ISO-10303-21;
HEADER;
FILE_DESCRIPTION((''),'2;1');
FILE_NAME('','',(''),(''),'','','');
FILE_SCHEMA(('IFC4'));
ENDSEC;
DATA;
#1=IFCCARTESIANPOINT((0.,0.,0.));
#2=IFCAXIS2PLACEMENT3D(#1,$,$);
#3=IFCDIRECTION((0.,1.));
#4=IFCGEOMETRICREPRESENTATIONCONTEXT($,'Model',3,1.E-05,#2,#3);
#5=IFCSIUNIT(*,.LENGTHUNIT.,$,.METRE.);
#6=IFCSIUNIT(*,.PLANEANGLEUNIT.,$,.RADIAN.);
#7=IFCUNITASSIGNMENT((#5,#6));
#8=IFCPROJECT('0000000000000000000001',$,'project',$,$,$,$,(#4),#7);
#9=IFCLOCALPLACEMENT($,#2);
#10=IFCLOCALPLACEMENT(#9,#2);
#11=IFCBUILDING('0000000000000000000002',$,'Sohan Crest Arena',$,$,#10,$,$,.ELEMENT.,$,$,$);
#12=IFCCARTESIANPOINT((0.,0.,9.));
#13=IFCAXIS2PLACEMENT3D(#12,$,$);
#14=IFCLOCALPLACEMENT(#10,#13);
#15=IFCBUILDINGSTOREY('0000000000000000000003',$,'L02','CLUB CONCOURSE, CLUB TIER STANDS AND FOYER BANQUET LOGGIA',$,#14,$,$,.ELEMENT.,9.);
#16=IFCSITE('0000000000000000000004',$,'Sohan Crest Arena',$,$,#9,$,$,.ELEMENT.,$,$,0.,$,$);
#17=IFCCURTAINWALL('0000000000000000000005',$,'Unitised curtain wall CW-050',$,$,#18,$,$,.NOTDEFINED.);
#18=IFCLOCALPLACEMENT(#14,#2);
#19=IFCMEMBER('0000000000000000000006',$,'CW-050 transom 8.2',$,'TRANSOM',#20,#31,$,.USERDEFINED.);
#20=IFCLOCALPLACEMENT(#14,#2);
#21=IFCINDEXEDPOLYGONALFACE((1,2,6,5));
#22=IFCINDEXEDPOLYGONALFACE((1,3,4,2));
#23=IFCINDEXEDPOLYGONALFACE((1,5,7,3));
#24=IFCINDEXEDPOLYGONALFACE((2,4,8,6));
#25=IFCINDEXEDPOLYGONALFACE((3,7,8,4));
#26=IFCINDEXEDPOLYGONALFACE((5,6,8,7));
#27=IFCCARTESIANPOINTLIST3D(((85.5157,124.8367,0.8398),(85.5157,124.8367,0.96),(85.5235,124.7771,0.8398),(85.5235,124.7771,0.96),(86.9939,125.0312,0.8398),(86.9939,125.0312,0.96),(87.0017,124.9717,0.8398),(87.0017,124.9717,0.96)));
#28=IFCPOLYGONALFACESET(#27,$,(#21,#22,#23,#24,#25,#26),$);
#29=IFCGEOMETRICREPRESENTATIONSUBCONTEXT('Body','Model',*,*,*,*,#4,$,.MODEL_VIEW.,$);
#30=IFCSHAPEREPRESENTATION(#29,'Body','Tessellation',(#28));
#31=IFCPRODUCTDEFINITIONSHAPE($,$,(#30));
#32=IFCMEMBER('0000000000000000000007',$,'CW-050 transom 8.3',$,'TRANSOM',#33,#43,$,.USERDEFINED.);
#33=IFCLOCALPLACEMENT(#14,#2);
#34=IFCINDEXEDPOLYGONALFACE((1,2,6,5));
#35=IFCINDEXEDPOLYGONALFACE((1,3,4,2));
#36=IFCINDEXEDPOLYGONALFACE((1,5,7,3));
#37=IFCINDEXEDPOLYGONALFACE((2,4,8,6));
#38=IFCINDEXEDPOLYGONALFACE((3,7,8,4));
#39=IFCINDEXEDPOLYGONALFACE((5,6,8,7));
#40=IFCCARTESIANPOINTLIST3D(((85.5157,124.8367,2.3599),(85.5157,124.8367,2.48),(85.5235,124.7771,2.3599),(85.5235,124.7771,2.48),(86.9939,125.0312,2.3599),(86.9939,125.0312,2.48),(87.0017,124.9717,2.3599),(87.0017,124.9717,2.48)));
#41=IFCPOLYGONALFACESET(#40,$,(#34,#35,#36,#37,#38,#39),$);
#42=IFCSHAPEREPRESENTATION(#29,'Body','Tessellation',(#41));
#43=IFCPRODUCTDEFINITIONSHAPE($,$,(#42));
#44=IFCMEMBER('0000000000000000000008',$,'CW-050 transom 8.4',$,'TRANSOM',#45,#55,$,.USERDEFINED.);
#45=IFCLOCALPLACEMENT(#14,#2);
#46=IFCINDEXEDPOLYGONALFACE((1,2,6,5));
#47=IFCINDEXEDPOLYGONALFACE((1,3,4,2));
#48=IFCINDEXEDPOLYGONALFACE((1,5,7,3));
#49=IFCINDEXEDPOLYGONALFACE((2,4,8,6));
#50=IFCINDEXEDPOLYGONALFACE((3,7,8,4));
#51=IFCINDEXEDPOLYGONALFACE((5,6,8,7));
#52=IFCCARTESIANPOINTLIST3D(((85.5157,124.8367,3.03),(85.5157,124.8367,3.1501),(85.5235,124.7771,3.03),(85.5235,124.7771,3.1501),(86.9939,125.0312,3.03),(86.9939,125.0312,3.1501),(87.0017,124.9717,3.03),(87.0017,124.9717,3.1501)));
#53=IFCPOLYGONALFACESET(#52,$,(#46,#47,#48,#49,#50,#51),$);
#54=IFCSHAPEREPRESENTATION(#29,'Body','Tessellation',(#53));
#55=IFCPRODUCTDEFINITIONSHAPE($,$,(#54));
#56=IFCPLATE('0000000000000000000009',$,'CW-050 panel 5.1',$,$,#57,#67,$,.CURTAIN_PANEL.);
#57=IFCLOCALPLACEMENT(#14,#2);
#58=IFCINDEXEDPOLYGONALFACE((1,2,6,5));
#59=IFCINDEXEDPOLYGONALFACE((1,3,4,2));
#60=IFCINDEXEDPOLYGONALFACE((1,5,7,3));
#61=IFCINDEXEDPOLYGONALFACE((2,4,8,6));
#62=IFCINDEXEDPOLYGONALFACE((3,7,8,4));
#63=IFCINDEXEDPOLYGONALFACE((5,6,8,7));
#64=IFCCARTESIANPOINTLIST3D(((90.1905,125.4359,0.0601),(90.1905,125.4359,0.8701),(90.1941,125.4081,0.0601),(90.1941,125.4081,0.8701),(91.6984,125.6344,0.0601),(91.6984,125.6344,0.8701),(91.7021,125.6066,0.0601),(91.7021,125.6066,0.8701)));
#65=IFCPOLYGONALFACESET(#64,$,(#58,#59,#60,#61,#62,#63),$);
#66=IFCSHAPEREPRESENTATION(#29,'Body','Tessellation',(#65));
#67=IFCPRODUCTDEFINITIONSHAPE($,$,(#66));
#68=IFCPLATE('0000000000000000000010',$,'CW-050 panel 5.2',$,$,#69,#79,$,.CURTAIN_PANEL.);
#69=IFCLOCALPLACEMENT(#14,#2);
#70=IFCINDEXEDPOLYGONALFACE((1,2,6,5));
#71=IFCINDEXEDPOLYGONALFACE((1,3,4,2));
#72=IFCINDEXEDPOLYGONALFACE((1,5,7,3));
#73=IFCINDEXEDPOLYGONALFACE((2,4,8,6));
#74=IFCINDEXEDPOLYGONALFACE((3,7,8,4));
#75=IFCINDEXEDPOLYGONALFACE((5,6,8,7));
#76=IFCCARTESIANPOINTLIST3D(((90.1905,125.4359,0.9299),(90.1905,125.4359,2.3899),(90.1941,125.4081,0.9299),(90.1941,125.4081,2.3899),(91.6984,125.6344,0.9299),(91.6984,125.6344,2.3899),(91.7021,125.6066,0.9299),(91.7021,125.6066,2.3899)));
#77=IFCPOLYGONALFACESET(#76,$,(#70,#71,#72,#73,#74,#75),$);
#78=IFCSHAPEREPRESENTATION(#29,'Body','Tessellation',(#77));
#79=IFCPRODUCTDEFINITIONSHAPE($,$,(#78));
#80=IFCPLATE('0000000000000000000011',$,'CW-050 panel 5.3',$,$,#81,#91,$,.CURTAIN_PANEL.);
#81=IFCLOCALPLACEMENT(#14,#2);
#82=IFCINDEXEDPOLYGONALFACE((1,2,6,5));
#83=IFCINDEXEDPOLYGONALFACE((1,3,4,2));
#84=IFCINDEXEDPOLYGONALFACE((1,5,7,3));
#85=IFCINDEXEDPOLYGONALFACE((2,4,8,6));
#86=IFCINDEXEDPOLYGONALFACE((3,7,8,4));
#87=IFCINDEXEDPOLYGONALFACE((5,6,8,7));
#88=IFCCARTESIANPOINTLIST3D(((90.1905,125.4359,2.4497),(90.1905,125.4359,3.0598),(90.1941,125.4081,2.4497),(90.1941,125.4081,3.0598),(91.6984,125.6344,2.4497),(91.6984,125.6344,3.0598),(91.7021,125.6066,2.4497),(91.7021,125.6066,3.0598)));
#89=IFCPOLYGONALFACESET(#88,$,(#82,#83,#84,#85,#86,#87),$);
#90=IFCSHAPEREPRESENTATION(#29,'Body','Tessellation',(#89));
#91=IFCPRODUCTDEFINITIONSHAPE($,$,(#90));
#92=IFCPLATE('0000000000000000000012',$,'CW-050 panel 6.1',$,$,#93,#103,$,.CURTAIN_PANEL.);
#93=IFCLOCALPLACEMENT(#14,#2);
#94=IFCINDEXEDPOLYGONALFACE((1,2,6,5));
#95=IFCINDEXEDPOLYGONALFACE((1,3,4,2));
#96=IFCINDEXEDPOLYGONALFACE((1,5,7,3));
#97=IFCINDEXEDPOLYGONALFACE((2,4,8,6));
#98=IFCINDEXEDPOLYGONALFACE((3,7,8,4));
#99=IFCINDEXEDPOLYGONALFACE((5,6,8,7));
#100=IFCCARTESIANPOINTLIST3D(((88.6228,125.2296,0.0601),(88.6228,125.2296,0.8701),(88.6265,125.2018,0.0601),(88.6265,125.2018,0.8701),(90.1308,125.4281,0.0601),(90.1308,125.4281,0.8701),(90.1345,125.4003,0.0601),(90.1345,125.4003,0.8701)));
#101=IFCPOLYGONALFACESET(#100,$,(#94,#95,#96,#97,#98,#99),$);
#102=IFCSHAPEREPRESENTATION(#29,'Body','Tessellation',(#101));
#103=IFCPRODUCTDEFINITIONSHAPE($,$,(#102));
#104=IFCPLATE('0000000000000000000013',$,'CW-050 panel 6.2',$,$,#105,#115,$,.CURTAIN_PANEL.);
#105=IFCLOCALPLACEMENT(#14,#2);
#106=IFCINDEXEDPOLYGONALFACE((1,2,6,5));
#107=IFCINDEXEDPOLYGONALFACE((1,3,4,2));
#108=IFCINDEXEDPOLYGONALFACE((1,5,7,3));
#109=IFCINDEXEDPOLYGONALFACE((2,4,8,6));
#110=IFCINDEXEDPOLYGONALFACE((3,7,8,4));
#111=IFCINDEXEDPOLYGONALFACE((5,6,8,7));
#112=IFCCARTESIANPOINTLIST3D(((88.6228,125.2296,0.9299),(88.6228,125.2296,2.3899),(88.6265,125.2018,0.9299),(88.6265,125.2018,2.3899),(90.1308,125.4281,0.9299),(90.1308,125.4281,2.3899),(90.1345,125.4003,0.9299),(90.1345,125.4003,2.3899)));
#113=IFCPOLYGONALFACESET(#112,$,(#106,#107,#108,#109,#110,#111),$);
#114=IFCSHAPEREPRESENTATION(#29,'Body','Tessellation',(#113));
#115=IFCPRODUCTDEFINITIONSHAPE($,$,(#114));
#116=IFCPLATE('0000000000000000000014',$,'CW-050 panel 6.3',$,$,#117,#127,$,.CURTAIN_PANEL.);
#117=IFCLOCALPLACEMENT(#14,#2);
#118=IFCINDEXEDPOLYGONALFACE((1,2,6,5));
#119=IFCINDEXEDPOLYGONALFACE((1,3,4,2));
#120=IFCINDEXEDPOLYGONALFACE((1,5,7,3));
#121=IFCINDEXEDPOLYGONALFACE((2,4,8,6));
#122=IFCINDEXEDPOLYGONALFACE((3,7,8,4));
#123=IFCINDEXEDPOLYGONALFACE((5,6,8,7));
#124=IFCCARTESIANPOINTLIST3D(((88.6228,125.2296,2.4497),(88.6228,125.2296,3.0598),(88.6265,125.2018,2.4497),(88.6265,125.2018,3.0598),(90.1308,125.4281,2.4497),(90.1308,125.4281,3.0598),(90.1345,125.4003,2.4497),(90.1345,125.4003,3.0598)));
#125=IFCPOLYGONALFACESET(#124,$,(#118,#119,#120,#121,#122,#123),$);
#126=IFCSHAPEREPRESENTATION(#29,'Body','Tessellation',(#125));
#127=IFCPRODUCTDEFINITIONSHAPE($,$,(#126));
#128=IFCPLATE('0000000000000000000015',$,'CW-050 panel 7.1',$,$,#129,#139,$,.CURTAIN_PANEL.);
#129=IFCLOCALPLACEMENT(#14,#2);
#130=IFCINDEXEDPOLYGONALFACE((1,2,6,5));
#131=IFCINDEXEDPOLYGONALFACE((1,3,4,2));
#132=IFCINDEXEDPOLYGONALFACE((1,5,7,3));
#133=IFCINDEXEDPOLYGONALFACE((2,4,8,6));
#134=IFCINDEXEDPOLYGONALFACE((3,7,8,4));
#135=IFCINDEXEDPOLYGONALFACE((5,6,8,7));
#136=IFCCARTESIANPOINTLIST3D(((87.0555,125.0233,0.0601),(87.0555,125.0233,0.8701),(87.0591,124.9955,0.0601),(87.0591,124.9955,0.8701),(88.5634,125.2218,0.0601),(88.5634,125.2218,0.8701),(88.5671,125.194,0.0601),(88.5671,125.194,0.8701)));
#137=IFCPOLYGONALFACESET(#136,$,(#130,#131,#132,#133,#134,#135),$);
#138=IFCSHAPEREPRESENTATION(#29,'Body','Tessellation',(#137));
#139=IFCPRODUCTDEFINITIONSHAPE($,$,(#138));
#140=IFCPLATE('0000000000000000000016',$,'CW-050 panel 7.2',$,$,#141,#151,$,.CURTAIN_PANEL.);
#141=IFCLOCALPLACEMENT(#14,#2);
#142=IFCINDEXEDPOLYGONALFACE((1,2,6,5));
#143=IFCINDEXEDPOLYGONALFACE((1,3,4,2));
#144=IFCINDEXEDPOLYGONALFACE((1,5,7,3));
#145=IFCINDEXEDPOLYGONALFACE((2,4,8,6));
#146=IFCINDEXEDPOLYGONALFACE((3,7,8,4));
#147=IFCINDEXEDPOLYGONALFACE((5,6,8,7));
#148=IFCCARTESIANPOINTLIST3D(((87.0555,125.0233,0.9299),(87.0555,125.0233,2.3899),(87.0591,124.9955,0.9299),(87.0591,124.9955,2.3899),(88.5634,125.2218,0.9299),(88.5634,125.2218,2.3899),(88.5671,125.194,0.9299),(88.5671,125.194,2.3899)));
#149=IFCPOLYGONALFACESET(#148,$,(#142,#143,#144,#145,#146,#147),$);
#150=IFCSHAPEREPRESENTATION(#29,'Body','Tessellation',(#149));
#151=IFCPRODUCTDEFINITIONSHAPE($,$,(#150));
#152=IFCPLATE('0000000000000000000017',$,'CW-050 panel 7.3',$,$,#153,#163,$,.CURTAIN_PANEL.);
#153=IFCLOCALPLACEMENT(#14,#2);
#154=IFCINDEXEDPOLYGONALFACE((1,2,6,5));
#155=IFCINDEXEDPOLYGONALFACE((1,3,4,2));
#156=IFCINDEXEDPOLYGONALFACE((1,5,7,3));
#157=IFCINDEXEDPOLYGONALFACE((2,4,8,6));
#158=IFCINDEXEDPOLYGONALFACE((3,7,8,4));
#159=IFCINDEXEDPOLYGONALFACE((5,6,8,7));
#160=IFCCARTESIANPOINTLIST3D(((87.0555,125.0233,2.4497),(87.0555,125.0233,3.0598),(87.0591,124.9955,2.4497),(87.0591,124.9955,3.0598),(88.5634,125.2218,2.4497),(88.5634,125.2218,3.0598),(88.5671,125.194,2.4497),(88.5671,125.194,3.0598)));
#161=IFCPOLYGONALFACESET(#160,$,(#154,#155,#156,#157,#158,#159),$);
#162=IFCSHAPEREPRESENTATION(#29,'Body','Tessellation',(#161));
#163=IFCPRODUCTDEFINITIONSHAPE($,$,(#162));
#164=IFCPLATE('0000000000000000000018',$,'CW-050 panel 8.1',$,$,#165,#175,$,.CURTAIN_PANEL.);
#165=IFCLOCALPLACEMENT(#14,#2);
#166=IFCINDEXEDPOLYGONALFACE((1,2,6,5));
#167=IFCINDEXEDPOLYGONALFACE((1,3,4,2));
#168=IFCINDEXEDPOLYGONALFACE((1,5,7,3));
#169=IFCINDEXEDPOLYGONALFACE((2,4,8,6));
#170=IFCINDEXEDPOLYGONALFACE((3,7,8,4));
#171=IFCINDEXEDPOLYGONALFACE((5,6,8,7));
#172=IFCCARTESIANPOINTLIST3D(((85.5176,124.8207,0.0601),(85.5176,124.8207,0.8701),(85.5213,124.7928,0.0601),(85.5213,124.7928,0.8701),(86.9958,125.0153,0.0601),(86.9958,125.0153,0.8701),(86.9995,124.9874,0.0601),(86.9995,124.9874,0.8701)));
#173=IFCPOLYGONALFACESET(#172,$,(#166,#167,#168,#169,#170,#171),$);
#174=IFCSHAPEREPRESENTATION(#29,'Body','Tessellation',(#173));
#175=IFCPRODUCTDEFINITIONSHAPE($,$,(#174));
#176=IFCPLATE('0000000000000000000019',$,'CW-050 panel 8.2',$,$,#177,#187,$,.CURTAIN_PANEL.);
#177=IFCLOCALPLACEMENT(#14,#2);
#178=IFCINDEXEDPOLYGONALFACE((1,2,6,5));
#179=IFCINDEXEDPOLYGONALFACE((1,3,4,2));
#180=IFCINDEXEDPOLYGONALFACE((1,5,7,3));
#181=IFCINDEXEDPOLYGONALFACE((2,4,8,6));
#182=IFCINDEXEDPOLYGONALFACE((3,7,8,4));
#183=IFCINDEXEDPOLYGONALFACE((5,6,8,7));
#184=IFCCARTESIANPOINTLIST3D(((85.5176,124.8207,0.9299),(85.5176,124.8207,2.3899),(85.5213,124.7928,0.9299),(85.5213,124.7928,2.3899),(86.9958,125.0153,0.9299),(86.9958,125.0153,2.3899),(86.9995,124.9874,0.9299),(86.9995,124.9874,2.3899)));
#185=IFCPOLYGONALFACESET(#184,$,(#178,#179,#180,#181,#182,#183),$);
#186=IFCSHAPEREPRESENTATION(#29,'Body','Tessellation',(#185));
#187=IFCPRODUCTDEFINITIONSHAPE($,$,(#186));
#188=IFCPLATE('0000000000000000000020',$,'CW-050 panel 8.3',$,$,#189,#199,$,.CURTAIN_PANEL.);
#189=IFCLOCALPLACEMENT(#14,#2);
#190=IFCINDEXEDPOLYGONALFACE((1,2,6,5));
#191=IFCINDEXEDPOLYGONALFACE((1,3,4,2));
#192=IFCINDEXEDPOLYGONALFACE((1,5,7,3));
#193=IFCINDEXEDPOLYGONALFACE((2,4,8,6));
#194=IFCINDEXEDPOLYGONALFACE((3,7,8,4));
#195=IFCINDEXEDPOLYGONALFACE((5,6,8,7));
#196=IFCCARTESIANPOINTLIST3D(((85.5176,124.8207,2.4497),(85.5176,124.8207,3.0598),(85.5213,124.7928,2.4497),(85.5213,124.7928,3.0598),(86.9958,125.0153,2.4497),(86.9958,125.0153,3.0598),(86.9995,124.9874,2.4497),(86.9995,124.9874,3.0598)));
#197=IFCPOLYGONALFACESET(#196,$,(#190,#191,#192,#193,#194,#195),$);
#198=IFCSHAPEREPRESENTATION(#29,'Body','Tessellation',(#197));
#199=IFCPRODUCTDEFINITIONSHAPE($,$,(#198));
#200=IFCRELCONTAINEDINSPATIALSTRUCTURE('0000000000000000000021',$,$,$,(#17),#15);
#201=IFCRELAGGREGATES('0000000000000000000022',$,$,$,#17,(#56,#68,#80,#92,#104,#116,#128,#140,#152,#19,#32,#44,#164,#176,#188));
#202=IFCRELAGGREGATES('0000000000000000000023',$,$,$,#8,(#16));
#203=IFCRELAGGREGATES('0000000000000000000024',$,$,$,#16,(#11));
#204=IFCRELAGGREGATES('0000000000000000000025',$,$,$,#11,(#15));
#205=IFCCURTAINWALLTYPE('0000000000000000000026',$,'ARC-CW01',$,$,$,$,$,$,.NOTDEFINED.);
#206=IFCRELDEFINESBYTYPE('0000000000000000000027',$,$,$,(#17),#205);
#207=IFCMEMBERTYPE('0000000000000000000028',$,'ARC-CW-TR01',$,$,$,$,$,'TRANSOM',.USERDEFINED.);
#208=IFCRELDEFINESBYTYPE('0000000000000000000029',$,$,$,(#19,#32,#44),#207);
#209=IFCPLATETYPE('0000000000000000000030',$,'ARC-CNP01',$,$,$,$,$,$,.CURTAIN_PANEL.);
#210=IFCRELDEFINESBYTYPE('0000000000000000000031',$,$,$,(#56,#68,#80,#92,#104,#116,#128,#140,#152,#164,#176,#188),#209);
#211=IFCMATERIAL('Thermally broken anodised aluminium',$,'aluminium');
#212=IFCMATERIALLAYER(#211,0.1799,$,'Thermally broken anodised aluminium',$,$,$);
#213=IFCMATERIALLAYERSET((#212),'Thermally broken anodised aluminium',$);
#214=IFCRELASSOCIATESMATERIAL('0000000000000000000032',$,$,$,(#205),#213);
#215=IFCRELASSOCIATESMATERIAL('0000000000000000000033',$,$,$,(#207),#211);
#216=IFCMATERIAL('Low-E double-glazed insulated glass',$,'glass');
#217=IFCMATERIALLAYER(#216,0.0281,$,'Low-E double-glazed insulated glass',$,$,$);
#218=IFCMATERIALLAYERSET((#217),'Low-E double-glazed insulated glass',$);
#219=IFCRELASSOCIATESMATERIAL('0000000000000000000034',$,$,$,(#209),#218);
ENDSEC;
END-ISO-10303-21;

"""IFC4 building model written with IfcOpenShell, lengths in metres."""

from ifc_helpers import new_model, si_unit, direction, frame, origin, origin_2d, place, context, subcontext, project, spatial, rectangle, extrude, material, layer, layer_set, material_profile, profile_set, type_object, element, aggregate, save


model = new_model("IFC4")

# Units and contexts
model_context = context("Model", 3, precision=1e-05, world=origin(), true_north=direction((0.0, 1.0)))
body_context = subcontext(model_context, "Body", "Model", "MODEL_VIEW")
ifc_project = project(units=[si_unit("LENGTHUNIT", "METRE"), si_unit("PLANEANGLEUNIT", "RADIAN")], contexts=[model_context])

# Site, building, storey
site_placement = place(None, origin())
site = spatial("IfcSite", under=ifc_project, at=site_placement, Name="Sohan Crest Arena", CompositionType="ELEMENT", RefElevation=0.0)
building_placement = place(site_placement, origin())
building = spatial("IfcBuilding", under=site, at=building_placement, Name="Sohan Crest Arena", CompositionType="ELEMENT")
storey_placement = place(building_placement, frame((0.0, 0.0, 9.0)))
storey = spatial("IfcBuildingStorey", under=building, at=storey_placement, Name="L02", Description="CLUB CONCOURSE, CLUB TIER STANDS AND FOYER BANQUET LOGGIA", CompositionType="ELEMENT", Elevation=9.0)

# Curtain wall
ifc_material_1 = material(Name="Thermally broken anodised aluminium", Category="aluminium")
ifc_layer_1 = layer(ifc_material_1, 0.1799, Name="Thermally broken anodised aluminium")
ifc_layer_set_1 = layer_set([ifc_layer_1], Name="Thermally broken anodised aluminium")
curtain_wall_type_1 = type_object("IfcCurtainWallType", Name="ARC-CW01", PredefinedType="NOTDEFINED", material=ifc_layer_set_1)
curtain_wall_1_placement = place(storey_placement, origin())
curtain_wall_1 = element("IfcCurtainWall", 1, at=curtain_wall_1_placement, inside=storey, type_object=curtain_wall_type_1, Name="Unitised curtain wall CW-050", PredefinedType="NOTDEFINED")

# Members
ifc_material_profile_1 = material_profile(ifc_material_1, rectangle(XDim=0.0601, YDim=0.1201, at=origin_2d()), Name="ALU-TRAN 60x120")
ifc_profile_set_1 = profile_set([ifc_material_profile_1], Name="Thermally broken anodised aluminium")
member_type_1 = type_object("IfcMemberType", Name="ARC-CW-TR01", ElementType="TRANSOM", PredefinedType="USERDEFINED", material=ifc_profile_set_1)
member_1_placement = place(storey_placement, frame((86.9978, 125.0015, 0.8999), z_axis=(-0.991448, -0.130501, 0.0), x_axis=(0.130501, -0.991448, 0.0)))
member_1 = element("IfcMember", 2, at=member_1_placement, type_object=member_type_1, Name="CW-050 transom 8.2", ObjectType="TRANSOM", PredefinedType="USERDEFINED", context=body_context, shape_type="SweptSolid", body=[
    extrude(rectangle(XDim=0.0601, YDim=0.1201, at=origin_2d()), origin(), (0.0, 0.0, 1.0), 1.491),
])
member_2_placement = place(storey_placement, frame((86.9978, 125.0015, 2.4199), z_axis=(-0.991448, -0.130501, 0.0), x_axis=(0.130501, -0.991448, 0.0)))
member_2 = element("IfcMember", 3, at=member_2_placement, type_object=member_type_1, Name="CW-050 transom 8.3", ObjectType="TRANSOM", PredefinedType="USERDEFINED", context=body_context, shape_type="SweptSolid", body=[
    extrude(rectangle(XDim=0.0601, YDim=0.1201, at=origin_2d()), origin(), (0.0, 0.0, 1.0), 1.491),
])
member_3_placement = place(storey_placement, frame((86.9978, 125.0015, 3.0901), z_axis=(-0.991448, -0.130501, 0.0), x_axis=(0.130501, -0.991448, 0.0)))
member_3 = element("IfcMember", 4, at=member_3_placement, type_object=member_type_1, Name="CW-050 transom 8.4", ObjectType="TRANSOM", PredefinedType="USERDEFINED", context=body_context, shape_type="SweptSolid", body=[
    extrude(rectangle(XDim=0.0601, YDim=0.1201, at=origin_2d()), origin(), (0.0, 0.0, 1.0), 1.491),
])

# Plates
ifc_material_2 = material(Name="Low-E double-glazed insulated glass", Category="glass")
ifc_layer_2 = layer(ifc_material_2, 0.0281, Name="Low-E double-glazed insulated glass")
ifc_layer_set_2 = layer_set([ifc_layer_2], Name="Low-E double-glazed insulated glass")
plate_type = type_object("IfcPlateType", Name="ARC-CNP01", PredefinedType="CURTAIN_PANEL", material=ifc_layer_set_2)
plate_1_placement = place(storey_placement, frame((90.9463, 125.5212, 0.0601), z_axis=(0.0, 0.0, 1.0), x_axis=(-0.991444, -0.130532, 0.0)))
plate_1 = element("IfcPlate", 5, at=plate_1_placement, type_object=plate_type, Name="CW-050 panel 5.1", PredefinedType="CURTAIN_PANEL", context=body_context, shape_type="SweptSolid", body=[
    extrude(rectangle(XDim=1.521, YDim=0.0281, at=origin_2d()), origin(), (0.0, 0.0, 1.0), 0.8101),
])
plate_2_placement = place(storey_placement, frame((90.9463, 125.5212, 0.9299), z_axis=(0.0, 0.0, 1.0), x_axis=(-0.991444, -0.130532, 0.0)))
plate_2 = element("IfcPlate", 6, at=plate_2_placement, type_object=plate_type, Name="CW-050 panel 5.2", PredefinedType="CURTAIN_PANEL", context=body_context, shape_type="SweptSolid", body=[
    extrude(rectangle(XDim=1.521, YDim=0.0281, at=origin_2d()), origin(), (0.0, 0.0, 1.0), 1.46),
])
plate_3_placement = place(storey_placement, frame((90.9463, 125.5212, 2.4497), z_axis=(0.0, 0.0, 1.0), x_axis=(-0.991444, -0.130532, 0.0)))
plate_3 = element("IfcPlate", 7, at=plate_3_placement, type_object=plate_type, Name="CW-050 panel 5.3", PredefinedType="CURTAIN_PANEL", context=body_context, shape_type="SweptSolid", body=[
    extrude(rectangle(XDim=1.521, YDim=0.0281, at=origin_2d()), origin(), (0.0, 0.0, 1.0), 0.6101),
])
plate_4_placement = place(storey_placement, frame((89.3787, 125.3149, 0.0601), z_axis=(0.0, 0.0, 1.0), x_axis=(-0.991444, -0.130532, 0.0)))
plate_4 = element("IfcPlate", 8, at=plate_4_placement, type_object=plate_type, Name="CW-050 panel 6.1", PredefinedType="CURTAIN_PANEL", context=body_context, shape_type="SweptSolid", body=[
    extrude(rectangle(XDim=1.521, YDim=0.0281, at=origin_2d()), origin(), (0.0, 0.0, 1.0), 0.8101),
])
plate_5_placement = place(storey_placement, frame((89.3787, 125.3149, 0.9299), z_axis=(0.0, 0.0, 1.0), x_axis=(-0.991444, -0.130532, 0.0)))
plate_5 = element("IfcPlate", 9, at=plate_5_placement, type_object=plate_type, Name="CW-050 panel 6.2", PredefinedType="CURTAIN_PANEL", context=body_context, shape_type="SweptSolid", body=[
    extrude(rectangle(XDim=1.521, YDim=0.0281, at=origin_2d()), origin(), (0.0, 0.0, 1.0), 1.46),
])
plate_6_placement = place(storey_placement, frame((89.3787, 125.3149, 2.4497), z_axis=(0.0, 0.0, 1.0), x_axis=(-0.991444, -0.130532, 0.0)))
plate_6 = element("IfcPlate", 10, at=plate_6_placement, type_object=plate_type, Name="CW-050 panel 6.3", PredefinedType="CURTAIN_PANEL", context=body_context, shape_type="SweptSolid", body=[
    extrude(rectangle(XDim=1.521, YDim=0.0281, at=origin_2d()), origin(), (0.0, 0.0, 1.0), 0.6101),
])
plate_7_placement = place(storey_placement, frame((87.8113, 125.1086, 0.0601), z_axis=(0.0, 0.0, 1.0), x_axis=(-0.991444, -0.130532, 0.0)))
plate_7 = element("IfcPlate", 11, at=plate_7_placement, type_object=plate_type, Name="CW-050 panel 7.1", PredefinedType="CURTAIN_PANEL", context=body_context, shape_type="SweptSolid", body=[
    extrude(rectangle(XDim=1.521, YDim=0.0281, at=origin_2d()), origin(), (0.0, 0.0, 1.0), 0.8101),
])
plate_8_placement = place(storey_placement, frame((87.8113, 125.1086, 0.9299), z_axis=(0.0, 0.0, 1.0), x_axis=(-0.991444, -0.130532, 0.0)))
plate_8 = element("IfcPlate", 12, at=plate_8_placement, type_object=plate_type, Name="CW-050 panel 7.2", PredefinedType="CURTAIN_PANEL", context=body_context, shape_type="SweptSolid", body=[
    extrude(rectangle(XDim=1.521, YDim=0.0281, at=origin_2d()), origin(), (0.0, 0.0, 1.0), 1.46),
])
plate_9_placement = place(storey_placement, frame((87.8113, 125.1086, 2.4497), z_axis=(0.0, 0.0, 1.0), x_axis=(-0.991444, -0.130532, 0.0)))
plate_9 = element("IfcPlate", 13, at=plate_9_placement, type_object=plate_type, Name="CW-050 panel 7.3", PredefinedType="CURTAIN_PANEL", context=body_context, shape_type="SweptSolid", body=[
    extrude(rectangle(XDim=1.521, YDim=0.0281, at=origin_2d()), origin(), (0.0, 0.0, 1.0), 0.6101),
])
plate_10_placement = place(storey_placement, frame((86.2585, 124.9041, 0.0601), z_axis=(0.0, 0.0, 1.0), x_axis=(-0.991444, -0.130532, 0.0)))
plate_10 = element("IfcPlate", 14, at=plate_10_placement, type_object=plate_type, Name="CW-050 panel 8.1", PredefinedType="CURTAIN_PANEL", context=body_context, shape_type="SweptSolid", body=[
    extrude(rectangle(XDim=1.491, YDim=0.0281, at=origin_2d()), origin(), (0.0, 0.0, 1.0), 0.8101),
])
plate_11_placement = place(storey_placement, frame((86.2585, 124.9041, 0.9299), z_axis=(0.0, 0.0, 1.0), x_axis=(-0.991444, -0.130532, 0.0)))
plate_11 = element("IfcPlate", 15, at=plate_11_placement, type_object=plate_type, Name="CW-050 panel 8.2", PredefinedType="CURTAIN_PANEL", context=body_context, shape_type="SweptSolid", body=[
    extrude(rectangle(XDim=1.491, YDim=0.0281, at=origin_2d()), origin(), (0.0, 0.0, 1.0), 1.46),
])
plate_12_placement = place(storey_placement, frame((86.2585, 124.9041, 2.4497), z_axis=(0.0, 0.0, 1.0), x_axis=(-0.991444, -0.130532, 0.0)))
plate_12 = element("IfcPlate", 16, at=plate_12_placement, type_object=plate_type, Name="CW-050 panel 8.3", PredefinedType="CURTAIN_PANEL", context=body_context, shape_type="SweptSolid", body=[
    extrude(rectangle(XDim=1.491, YDim=0.0281, at=origin_2d()), origin(), (0.0, 0.0, 1.0), 0.6101),
])
aggregate(curtain_wall_1, [plate_1, plate_2, plate_3, plate_4, plate_5, plate_6, plate_7, plate_8, plate_9, member_1, member_2, member_3, plate_10, plate_11, plate_12])

save(model, "model.ifc")
